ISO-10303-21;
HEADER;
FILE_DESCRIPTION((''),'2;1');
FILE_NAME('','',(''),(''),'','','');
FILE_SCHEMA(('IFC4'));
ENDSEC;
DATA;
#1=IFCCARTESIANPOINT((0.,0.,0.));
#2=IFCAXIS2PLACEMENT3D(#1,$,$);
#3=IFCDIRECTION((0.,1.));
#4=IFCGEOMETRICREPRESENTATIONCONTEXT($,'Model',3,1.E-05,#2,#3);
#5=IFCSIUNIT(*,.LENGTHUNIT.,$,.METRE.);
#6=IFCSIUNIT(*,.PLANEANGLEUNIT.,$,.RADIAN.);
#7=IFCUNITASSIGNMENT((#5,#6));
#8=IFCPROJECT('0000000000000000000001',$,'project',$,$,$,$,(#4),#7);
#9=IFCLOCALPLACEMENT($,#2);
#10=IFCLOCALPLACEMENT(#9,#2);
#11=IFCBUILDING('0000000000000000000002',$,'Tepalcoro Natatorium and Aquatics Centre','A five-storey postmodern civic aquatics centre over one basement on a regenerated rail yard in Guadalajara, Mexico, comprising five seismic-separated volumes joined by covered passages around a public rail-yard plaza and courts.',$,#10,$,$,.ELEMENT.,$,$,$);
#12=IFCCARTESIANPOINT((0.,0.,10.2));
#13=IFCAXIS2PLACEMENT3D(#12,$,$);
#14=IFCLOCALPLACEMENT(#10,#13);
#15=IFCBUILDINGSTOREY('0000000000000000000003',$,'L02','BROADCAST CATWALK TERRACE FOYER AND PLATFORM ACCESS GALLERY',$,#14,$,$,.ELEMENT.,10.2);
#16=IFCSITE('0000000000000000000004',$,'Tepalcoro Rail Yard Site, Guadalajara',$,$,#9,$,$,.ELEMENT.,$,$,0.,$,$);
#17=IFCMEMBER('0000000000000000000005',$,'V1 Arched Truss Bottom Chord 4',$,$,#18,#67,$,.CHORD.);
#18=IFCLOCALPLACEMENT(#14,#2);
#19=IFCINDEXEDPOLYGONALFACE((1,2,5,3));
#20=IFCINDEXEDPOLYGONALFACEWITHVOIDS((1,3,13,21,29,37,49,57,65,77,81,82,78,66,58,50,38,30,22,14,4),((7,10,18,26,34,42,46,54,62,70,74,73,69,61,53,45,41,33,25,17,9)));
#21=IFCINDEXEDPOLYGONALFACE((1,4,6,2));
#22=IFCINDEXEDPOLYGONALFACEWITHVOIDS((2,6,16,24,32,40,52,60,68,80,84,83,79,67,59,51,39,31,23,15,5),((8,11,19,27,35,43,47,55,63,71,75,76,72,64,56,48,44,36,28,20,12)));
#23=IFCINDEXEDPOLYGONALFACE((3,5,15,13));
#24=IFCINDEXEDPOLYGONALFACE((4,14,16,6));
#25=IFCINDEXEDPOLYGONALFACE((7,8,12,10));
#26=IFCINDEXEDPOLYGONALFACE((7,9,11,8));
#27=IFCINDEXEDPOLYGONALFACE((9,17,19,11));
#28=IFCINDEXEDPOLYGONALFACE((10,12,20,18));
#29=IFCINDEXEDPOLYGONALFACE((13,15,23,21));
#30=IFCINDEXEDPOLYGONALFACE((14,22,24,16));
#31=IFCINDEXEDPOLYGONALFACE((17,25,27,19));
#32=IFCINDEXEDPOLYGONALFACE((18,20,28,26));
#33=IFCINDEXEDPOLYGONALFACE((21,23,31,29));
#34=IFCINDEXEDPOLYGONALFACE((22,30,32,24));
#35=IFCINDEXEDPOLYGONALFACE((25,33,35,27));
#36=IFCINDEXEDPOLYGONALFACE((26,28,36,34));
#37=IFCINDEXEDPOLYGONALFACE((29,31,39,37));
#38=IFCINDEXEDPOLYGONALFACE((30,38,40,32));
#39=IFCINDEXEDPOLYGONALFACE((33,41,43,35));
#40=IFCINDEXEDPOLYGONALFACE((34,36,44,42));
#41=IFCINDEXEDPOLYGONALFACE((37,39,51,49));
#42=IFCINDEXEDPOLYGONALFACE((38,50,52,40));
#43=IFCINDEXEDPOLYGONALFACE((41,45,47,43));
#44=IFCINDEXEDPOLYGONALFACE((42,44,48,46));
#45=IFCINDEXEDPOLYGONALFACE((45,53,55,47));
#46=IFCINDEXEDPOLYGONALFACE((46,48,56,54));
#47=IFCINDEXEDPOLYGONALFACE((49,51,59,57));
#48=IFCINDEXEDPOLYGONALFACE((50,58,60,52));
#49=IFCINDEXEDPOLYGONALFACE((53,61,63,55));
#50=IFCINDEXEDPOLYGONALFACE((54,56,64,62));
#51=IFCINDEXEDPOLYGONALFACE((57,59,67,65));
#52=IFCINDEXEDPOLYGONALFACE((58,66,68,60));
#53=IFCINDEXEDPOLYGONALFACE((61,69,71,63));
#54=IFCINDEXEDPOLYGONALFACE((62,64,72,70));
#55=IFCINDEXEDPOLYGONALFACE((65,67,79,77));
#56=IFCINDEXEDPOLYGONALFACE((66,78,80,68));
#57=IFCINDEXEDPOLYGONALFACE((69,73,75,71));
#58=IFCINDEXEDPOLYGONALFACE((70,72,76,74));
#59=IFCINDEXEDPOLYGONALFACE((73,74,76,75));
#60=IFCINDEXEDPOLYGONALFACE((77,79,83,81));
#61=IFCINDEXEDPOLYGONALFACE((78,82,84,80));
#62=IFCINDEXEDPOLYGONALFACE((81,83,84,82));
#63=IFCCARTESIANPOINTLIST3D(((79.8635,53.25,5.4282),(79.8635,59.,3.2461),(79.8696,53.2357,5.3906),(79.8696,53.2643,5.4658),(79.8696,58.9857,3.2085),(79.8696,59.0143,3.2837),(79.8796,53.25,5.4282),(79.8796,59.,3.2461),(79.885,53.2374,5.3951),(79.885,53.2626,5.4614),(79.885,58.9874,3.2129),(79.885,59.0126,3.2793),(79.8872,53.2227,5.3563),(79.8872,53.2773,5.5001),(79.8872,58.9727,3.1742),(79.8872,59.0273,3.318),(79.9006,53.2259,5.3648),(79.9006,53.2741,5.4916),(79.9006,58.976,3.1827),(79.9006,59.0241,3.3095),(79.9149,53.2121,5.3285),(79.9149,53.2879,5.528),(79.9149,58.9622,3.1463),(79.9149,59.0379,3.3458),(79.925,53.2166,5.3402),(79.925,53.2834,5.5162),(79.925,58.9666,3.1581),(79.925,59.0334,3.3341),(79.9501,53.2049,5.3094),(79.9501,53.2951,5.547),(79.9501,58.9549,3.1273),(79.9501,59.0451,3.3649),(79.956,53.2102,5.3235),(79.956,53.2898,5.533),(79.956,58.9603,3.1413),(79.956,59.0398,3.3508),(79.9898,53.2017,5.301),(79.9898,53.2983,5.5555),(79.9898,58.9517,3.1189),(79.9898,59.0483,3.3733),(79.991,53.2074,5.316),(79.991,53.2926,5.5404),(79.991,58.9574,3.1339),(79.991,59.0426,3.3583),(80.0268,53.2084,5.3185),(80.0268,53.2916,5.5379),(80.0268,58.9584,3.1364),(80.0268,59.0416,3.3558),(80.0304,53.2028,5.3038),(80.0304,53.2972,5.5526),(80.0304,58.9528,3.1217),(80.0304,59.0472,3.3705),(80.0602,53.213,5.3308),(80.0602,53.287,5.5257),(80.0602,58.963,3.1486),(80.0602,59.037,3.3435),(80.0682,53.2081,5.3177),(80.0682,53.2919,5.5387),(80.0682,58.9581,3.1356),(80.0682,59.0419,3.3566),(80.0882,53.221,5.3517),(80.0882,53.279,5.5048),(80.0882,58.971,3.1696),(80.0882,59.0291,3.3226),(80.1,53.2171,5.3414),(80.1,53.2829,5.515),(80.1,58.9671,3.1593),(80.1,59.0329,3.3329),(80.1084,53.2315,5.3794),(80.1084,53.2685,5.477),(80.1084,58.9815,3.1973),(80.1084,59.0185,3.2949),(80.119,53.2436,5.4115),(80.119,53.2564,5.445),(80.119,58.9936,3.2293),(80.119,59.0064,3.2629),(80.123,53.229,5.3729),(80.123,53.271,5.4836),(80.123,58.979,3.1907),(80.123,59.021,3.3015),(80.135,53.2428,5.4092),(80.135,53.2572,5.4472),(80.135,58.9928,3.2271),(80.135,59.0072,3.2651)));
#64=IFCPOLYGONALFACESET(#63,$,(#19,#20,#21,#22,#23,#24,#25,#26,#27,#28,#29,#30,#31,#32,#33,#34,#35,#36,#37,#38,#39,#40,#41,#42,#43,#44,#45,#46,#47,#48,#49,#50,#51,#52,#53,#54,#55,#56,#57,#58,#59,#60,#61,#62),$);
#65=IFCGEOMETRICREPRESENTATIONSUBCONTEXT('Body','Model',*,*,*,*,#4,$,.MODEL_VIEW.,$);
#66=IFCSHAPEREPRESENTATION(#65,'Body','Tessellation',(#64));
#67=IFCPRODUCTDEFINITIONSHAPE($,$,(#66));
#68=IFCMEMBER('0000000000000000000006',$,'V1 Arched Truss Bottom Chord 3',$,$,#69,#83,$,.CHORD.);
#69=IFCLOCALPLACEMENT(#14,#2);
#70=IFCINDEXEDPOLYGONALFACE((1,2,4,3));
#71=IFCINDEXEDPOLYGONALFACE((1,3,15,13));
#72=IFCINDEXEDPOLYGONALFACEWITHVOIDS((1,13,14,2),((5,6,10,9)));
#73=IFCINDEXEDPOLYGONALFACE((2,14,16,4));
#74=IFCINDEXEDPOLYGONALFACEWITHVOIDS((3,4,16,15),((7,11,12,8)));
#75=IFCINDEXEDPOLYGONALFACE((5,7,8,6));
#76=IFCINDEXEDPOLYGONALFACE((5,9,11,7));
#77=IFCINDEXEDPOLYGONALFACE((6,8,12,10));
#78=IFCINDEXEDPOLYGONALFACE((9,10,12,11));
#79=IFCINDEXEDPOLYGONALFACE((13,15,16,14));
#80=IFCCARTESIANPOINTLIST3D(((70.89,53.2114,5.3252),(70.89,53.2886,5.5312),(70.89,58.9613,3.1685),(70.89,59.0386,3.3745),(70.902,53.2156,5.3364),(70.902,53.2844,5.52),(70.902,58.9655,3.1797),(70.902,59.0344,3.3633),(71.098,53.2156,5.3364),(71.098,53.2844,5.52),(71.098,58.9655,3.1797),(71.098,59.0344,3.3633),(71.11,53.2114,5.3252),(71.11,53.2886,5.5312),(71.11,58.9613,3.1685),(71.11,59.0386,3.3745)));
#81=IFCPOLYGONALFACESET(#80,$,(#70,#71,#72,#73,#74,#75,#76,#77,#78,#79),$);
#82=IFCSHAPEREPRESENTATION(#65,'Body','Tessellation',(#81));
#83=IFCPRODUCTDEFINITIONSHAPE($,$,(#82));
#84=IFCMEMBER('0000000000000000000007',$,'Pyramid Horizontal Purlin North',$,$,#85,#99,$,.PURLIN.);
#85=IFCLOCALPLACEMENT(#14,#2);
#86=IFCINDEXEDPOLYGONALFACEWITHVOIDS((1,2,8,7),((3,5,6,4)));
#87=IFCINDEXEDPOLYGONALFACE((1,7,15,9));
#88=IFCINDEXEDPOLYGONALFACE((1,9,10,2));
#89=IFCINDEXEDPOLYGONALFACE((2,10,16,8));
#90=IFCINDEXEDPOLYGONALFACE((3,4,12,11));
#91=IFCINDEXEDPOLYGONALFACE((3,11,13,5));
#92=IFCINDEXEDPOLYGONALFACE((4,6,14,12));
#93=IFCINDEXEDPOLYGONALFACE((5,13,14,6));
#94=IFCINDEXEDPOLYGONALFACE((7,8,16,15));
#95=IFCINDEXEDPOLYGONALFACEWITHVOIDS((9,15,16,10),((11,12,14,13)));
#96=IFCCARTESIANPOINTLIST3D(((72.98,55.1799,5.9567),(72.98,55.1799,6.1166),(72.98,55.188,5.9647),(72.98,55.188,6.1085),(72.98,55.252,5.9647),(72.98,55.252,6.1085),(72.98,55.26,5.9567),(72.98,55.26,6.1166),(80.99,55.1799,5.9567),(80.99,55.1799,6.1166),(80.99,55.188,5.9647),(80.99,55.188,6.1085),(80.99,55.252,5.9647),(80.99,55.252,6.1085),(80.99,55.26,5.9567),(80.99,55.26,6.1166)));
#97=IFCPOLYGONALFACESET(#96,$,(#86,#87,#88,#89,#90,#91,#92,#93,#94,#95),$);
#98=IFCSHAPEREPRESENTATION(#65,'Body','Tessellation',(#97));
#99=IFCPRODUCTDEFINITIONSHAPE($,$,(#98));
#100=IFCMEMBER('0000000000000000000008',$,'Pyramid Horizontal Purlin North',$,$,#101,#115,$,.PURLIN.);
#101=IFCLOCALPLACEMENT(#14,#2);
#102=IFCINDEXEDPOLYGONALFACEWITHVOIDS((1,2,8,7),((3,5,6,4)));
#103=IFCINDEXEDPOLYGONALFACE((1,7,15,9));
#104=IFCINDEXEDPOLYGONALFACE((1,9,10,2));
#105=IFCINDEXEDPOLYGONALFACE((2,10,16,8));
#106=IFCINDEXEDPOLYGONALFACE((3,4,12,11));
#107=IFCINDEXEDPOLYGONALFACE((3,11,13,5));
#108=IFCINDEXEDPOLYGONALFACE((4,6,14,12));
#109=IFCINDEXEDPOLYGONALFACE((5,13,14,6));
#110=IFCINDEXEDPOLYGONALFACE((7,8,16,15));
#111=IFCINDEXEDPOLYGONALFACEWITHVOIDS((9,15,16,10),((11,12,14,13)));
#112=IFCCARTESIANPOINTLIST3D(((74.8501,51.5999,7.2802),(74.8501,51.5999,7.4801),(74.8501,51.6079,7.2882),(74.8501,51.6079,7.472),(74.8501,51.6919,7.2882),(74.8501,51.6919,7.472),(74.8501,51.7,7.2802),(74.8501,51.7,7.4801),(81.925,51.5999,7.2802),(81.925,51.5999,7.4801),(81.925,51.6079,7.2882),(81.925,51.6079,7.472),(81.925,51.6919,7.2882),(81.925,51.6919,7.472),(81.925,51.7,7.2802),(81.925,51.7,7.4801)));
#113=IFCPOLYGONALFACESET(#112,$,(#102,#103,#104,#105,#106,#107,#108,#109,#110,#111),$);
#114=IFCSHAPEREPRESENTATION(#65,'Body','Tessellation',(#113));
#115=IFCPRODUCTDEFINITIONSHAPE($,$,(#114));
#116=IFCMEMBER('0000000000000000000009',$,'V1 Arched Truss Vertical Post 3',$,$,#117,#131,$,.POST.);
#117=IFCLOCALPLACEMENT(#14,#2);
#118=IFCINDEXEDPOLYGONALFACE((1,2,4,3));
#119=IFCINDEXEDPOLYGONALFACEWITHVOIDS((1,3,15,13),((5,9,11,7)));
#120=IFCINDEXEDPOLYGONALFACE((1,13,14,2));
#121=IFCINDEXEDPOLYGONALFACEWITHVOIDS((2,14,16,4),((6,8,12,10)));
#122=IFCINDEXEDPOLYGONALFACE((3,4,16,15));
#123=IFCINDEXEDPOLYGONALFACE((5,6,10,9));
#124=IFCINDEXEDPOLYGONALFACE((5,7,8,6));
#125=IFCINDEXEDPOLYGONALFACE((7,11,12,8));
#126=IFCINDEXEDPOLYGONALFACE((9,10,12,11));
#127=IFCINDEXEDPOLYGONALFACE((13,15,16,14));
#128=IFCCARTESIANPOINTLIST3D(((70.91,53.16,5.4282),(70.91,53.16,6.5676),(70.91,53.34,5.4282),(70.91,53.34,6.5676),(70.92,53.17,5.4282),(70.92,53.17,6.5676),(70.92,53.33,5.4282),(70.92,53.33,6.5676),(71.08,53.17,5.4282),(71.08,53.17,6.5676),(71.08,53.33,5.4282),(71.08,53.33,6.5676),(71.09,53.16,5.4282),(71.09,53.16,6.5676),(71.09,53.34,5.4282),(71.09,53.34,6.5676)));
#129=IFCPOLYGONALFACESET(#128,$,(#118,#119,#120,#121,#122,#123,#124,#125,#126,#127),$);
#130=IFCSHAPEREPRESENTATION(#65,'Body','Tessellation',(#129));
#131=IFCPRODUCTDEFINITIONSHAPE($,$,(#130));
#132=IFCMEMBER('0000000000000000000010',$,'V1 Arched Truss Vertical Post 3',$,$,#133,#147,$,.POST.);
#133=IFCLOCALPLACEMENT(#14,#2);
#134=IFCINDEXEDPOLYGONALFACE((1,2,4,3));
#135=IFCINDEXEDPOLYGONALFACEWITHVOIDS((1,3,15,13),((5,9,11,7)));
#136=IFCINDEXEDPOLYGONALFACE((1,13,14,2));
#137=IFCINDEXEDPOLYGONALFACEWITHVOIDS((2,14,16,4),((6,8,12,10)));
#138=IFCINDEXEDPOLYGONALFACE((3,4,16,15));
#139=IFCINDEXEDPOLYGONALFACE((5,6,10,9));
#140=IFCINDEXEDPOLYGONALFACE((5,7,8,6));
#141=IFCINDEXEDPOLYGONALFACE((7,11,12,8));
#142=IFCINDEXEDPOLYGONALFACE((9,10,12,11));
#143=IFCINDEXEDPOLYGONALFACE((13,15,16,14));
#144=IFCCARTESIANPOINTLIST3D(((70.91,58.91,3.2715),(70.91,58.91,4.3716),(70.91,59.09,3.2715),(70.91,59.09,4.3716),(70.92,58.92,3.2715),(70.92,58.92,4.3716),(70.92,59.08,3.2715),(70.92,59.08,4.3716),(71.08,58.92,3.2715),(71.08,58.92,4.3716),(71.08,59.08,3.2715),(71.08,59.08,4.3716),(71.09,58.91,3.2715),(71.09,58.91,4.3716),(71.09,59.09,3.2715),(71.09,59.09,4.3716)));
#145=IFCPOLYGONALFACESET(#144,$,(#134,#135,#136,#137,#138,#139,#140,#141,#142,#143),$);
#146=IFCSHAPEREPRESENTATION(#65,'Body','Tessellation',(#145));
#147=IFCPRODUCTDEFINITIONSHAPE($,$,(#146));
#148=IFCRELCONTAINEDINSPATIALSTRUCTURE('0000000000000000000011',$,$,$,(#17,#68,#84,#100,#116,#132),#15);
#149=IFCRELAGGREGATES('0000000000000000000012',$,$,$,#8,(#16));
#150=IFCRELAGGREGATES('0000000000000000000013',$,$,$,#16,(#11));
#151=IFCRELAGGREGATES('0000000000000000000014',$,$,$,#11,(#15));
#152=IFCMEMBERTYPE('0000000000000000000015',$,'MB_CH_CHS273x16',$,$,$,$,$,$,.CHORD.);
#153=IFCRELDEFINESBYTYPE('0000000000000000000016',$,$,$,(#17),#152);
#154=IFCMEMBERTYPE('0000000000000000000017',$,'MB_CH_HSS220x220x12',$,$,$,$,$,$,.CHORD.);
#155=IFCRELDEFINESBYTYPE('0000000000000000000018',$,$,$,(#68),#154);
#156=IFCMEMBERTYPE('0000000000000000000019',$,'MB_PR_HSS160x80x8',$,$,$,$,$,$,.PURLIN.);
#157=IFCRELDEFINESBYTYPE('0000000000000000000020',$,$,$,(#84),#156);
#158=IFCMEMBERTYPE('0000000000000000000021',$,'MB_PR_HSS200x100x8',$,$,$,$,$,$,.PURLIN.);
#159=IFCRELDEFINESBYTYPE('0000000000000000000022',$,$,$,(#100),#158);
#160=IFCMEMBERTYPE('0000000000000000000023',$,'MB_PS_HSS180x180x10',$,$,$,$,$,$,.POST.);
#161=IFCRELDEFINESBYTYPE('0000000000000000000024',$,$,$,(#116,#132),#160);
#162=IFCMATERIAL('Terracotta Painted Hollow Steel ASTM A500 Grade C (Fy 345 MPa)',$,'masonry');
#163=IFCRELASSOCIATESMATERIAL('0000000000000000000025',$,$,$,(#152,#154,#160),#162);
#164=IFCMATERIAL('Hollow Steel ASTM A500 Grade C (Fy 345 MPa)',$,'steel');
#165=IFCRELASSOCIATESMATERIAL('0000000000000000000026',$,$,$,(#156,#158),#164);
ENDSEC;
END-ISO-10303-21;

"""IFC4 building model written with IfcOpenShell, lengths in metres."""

from ifc_helpers import new_model, si_unit, direction, frame, origin, origin_2d, place, context, subcontext, project, spatial, hollow_rectangle, hollow_circle, extrude, material, material_profile, profile_set, type_object, element, save


model = new_model("IFC4")

# Units and contexts
model_context = context("Model", 3, precision=1e-05, world=origin(), true_north=direction((0.0, 1.0)))
body_context = subcontext(model_context, "Body", "Model", "MODEL_VIEW")
ifc_project = project(units=[si_unit("LENGTHUNIT", "METRE"), si_unit("PLANEANGLEUNIT", "RADIAN")], contexts=[model_context])

# Site, building, storey
site_placement = place(None, origin())
site = spatial("IfcSite", under=ifc_project, at=site_placement, Name="Tepalcoro Rail Yard Site, Guadalajara", CompositionType="ELEMENT", RefElevation=0.0)
building_placement = place(site_placement, origin())
building = spatial("IfcBuilding", under=site, at=building_placement, Name="Tepalcoro Natatorium and Aquatics Centre", Description="A five-storey postmodern civic aquatics centre over one basement on a regenerated rail yard in Guadalajara, Mexico, comprising five seismic-separated volumes joined by covered passages around a public rail-yard plaza and courts.", CompositionType="ELEMENT")
storey_placement = place(building_placement, frame((0.0, 0.0, 10.2)))
storey = spatial("IfcBuildingStorey", under=building, at=storey_placement, Name="L02", Description="BROADCAST CATWALK TERRACE FOYER AND PLATFORM ACCESS GALLERY", CompositionType="ELEMENT", Elevation=10.2)

# Shared definitions
ifc_material_1 = material(Name="Terracotta Painted Hollow Steel ASTM A500 Grade C (Fy 345 MPa)", Category="masonry")

# Members
ifc_material_profile_1 = material_profile(ifc_material_1, hollow_circle(Radius=0.1365, WallThickness=0.0161, at=origin_2d()), Name="CHS273X16")
ifc_profile_set_1 = profile_set([ifc_material_profile_1], Name="Terracotta Painted Hollow Steel ASTM A500 Grade C (Fy 345 MPa)")
member_type_1 = type_object("IfcMemberType", Name="MB_CH_CHS273x16", PredefinedType="CHORD", material=ifc_profile_set_1)
member_1_placement = place(storey_placement, frame((80.0, 53.25, 5.4282), z_axis=(0.0, 0.934939, -0.35481), x_axis=(-1.0, 0.0, 0.0)))
element("IfcMember", 1, at=member_1_placement, inside=storey, type_object=member_type_1, Name="V1 Arched Truss Bottom Chord 4", PredefinedType="CHORD", context=body_context, shape_type="SweptSolid", body=[
    extrude(hollow_circle(Radius=0.1365, WallThickness=0.0161, at=origin_2d()), origin(), (0.0, 0.0, 1.0), 6.1501),
])
ifc_material_profile_2 = material_profile(ifc_material_1, hollow_rectangle(XDim=0.22, YDim=0.22, WallThickness=0.012, at=origin_2d()), Name="HSS220X220X12")
ifc_profile_set_2 = profile_set([ifc_material_profile_2], Name="Terracotta Painted Hollow Steel ASTM A500 Grade C (Fy 345 MPa)")
member_type_2 = type_object("IfcMemberType", Name="MB_CH_HSS220x220x12", PredefinedType="CHORD", material=ifc_profile_set_2)
member_2_placement = place(storey_placement, frame((71.0, 53.25, 5.4282), z_axis=(0.0, 0.936303, -0.351193), x_axis=(-1.0, 0.0, 0.0)))
element("IfcMember", 2, at=member_2_placement, inside=storey, type_object=member_type_2, Name="V1 Arched Truss Bottom Chord 3", PredefinedType="CHORD", context=body_context, shape_type="SweptSolid", body=[
    extrude(hollow_rectangle(XDim=0.22, YDim=0.22, WallThickness=0.012, at=origin_2d()), origin(), (0.0, 0.0, 1.0), 6.1411),
])
ifc_material_2 = material(Name="Hollow Steel ASTM A500 Grade C (Fy 345 MPa)", Category="steel")
ifc_material_profile_3 = material_profile(ifc_material_2, hollow_rectangle(XDim=0.0801, YDim=0.1599, WallThickness=0.0081, at=origin_2d()), Name="HSS160X80X8")
ifc_profile_set_3 = profile_set([ifc_material_profile_3], Name="Hollow Steel ASTM A500 Grade C (Fy 345 MPa)")
member_type_3 = type_object("IfcMemberType", Name="MB_PR_HSS160x80x8", PredefinedType="PURLIN", material=ifc_profile_set_3)
member_3_placement = place(storey_placement, frame((72.98, 55.22, 6.0366), z_axis=(1.0, 0.0, 0.0), x_axis=(0.0, 1.0, 0.0)))
element("IfcMember", 3, at=member_3_placement, inside=storey, type_object=member_type_3, Name="Pyramid Horizontal Purlin North", PredefinedType="PURLIN", context=body_context, shape_type="SweptSolid", body=[
    extrude(hollow_rectangle(XDim=0.0801, YDim=0.1599, WallThickness=0.0081, at=origin_2d()), origin(), (0.0, 0.0, 1.0), 8.01),
])
ifc_material_profile_4 = material_profile(ifc_material_2, hollow_rectangle(XDim=0.1001, YDim=0.2, WallThickness=0.0081, at=origin_2d()), Name="HSS200X100X8")
ifc_profile_set_4 = profile_set([ifc_material_profile_4], Name="Hollow Steel ASTM A500 Grade C (Fy 345 MPa)")
member_type_4 = type_object("IfcMemberType", Name="MB_PR_HSS200x100x8", PredefinedType="PURLIN", material=ifc_profile_set_4)
member_4_placement = place(storey_placement, frame((74.8501, 51.6499, 7.3801), z_axis=(1.0, 0.0, 0.0), x_axis=(0.0, 1.0, 0.0)))
element("IfcMember", 4, at=member_4_placement, inside=storey, type_object=member_type_4, Name="Pyramid Horizontal Purlin North", PredefinedType="PURLIN", context=body_context, shape_type="SweptSolid", body=[
    extrude(hollow_rectangle(XDim=0.1001, YDim=0.2, WallThickness=0.0081, at=origin_2d()), origin(), (0.0, 0.0, 1.0), 7.075),
])
ifc_material_profile_5 = material_profile(ifc_material_1, hollow_rectangle(XDim=0.1799, YDim=0.1799, WallThickness=0.01, at=origin_2d()), Name="HSS180X180X10")
ifc_profile_set_5 = profile_set([ifc_material_profile_5], Name="Terracotta Painted Hollow Steel ASTM A500 Grade C (Fy 345 MPa)")
member_type_5 = type_object("IfcMemberType", Name="MB_PS_HSS180x180x10", PredefinedType="POST", material=ifc_profile_set_5)
member_5_placement = place(storey_placement, frame((71.0, 53.25, 5.4282), z_axis=(0.0, 0.0, 1.0), x_axis=(1.0, 0.0, 0.0)))
element("IfcMember", 5, at=member_5_placement, inside=storey, type_object=member_type_5, Name="V1 Arched Truss Vertical Post 3", PredefinedType="POST", context=body_context, shape_type="SweptSolid", body=[
    extrude(hollow_rectangle(XDim=0.1799, YDim=0.1799, WallThickness=0.01, at=origin_2d()), origin(), (0.0, 0.0, 1.0), 1.1394),
])
member_6_placement = place(storey_placement, frame((71.0, 59.0, 3.2715), z_axis=(0.0, 0.0, 1.0), x_axis=(1.0, 0.0, 0.0)))
element("IfcMember", 6, at=member_6_placement, inside=storey, type_object=member_type_5, Name="V1 Arched Truss Vertical Post 3", PredefinedType="POST", context=body_context, shape_type="SweptSolid", body=[
    extrude(hollow_rectangle(XDim=0.1799, YDim=0.1799, WallThickness=0.01, at=origin_2d()), origin(), (0.0, 0.0, 1.0), 1.1001),
])

save(model, "model.ifc")
